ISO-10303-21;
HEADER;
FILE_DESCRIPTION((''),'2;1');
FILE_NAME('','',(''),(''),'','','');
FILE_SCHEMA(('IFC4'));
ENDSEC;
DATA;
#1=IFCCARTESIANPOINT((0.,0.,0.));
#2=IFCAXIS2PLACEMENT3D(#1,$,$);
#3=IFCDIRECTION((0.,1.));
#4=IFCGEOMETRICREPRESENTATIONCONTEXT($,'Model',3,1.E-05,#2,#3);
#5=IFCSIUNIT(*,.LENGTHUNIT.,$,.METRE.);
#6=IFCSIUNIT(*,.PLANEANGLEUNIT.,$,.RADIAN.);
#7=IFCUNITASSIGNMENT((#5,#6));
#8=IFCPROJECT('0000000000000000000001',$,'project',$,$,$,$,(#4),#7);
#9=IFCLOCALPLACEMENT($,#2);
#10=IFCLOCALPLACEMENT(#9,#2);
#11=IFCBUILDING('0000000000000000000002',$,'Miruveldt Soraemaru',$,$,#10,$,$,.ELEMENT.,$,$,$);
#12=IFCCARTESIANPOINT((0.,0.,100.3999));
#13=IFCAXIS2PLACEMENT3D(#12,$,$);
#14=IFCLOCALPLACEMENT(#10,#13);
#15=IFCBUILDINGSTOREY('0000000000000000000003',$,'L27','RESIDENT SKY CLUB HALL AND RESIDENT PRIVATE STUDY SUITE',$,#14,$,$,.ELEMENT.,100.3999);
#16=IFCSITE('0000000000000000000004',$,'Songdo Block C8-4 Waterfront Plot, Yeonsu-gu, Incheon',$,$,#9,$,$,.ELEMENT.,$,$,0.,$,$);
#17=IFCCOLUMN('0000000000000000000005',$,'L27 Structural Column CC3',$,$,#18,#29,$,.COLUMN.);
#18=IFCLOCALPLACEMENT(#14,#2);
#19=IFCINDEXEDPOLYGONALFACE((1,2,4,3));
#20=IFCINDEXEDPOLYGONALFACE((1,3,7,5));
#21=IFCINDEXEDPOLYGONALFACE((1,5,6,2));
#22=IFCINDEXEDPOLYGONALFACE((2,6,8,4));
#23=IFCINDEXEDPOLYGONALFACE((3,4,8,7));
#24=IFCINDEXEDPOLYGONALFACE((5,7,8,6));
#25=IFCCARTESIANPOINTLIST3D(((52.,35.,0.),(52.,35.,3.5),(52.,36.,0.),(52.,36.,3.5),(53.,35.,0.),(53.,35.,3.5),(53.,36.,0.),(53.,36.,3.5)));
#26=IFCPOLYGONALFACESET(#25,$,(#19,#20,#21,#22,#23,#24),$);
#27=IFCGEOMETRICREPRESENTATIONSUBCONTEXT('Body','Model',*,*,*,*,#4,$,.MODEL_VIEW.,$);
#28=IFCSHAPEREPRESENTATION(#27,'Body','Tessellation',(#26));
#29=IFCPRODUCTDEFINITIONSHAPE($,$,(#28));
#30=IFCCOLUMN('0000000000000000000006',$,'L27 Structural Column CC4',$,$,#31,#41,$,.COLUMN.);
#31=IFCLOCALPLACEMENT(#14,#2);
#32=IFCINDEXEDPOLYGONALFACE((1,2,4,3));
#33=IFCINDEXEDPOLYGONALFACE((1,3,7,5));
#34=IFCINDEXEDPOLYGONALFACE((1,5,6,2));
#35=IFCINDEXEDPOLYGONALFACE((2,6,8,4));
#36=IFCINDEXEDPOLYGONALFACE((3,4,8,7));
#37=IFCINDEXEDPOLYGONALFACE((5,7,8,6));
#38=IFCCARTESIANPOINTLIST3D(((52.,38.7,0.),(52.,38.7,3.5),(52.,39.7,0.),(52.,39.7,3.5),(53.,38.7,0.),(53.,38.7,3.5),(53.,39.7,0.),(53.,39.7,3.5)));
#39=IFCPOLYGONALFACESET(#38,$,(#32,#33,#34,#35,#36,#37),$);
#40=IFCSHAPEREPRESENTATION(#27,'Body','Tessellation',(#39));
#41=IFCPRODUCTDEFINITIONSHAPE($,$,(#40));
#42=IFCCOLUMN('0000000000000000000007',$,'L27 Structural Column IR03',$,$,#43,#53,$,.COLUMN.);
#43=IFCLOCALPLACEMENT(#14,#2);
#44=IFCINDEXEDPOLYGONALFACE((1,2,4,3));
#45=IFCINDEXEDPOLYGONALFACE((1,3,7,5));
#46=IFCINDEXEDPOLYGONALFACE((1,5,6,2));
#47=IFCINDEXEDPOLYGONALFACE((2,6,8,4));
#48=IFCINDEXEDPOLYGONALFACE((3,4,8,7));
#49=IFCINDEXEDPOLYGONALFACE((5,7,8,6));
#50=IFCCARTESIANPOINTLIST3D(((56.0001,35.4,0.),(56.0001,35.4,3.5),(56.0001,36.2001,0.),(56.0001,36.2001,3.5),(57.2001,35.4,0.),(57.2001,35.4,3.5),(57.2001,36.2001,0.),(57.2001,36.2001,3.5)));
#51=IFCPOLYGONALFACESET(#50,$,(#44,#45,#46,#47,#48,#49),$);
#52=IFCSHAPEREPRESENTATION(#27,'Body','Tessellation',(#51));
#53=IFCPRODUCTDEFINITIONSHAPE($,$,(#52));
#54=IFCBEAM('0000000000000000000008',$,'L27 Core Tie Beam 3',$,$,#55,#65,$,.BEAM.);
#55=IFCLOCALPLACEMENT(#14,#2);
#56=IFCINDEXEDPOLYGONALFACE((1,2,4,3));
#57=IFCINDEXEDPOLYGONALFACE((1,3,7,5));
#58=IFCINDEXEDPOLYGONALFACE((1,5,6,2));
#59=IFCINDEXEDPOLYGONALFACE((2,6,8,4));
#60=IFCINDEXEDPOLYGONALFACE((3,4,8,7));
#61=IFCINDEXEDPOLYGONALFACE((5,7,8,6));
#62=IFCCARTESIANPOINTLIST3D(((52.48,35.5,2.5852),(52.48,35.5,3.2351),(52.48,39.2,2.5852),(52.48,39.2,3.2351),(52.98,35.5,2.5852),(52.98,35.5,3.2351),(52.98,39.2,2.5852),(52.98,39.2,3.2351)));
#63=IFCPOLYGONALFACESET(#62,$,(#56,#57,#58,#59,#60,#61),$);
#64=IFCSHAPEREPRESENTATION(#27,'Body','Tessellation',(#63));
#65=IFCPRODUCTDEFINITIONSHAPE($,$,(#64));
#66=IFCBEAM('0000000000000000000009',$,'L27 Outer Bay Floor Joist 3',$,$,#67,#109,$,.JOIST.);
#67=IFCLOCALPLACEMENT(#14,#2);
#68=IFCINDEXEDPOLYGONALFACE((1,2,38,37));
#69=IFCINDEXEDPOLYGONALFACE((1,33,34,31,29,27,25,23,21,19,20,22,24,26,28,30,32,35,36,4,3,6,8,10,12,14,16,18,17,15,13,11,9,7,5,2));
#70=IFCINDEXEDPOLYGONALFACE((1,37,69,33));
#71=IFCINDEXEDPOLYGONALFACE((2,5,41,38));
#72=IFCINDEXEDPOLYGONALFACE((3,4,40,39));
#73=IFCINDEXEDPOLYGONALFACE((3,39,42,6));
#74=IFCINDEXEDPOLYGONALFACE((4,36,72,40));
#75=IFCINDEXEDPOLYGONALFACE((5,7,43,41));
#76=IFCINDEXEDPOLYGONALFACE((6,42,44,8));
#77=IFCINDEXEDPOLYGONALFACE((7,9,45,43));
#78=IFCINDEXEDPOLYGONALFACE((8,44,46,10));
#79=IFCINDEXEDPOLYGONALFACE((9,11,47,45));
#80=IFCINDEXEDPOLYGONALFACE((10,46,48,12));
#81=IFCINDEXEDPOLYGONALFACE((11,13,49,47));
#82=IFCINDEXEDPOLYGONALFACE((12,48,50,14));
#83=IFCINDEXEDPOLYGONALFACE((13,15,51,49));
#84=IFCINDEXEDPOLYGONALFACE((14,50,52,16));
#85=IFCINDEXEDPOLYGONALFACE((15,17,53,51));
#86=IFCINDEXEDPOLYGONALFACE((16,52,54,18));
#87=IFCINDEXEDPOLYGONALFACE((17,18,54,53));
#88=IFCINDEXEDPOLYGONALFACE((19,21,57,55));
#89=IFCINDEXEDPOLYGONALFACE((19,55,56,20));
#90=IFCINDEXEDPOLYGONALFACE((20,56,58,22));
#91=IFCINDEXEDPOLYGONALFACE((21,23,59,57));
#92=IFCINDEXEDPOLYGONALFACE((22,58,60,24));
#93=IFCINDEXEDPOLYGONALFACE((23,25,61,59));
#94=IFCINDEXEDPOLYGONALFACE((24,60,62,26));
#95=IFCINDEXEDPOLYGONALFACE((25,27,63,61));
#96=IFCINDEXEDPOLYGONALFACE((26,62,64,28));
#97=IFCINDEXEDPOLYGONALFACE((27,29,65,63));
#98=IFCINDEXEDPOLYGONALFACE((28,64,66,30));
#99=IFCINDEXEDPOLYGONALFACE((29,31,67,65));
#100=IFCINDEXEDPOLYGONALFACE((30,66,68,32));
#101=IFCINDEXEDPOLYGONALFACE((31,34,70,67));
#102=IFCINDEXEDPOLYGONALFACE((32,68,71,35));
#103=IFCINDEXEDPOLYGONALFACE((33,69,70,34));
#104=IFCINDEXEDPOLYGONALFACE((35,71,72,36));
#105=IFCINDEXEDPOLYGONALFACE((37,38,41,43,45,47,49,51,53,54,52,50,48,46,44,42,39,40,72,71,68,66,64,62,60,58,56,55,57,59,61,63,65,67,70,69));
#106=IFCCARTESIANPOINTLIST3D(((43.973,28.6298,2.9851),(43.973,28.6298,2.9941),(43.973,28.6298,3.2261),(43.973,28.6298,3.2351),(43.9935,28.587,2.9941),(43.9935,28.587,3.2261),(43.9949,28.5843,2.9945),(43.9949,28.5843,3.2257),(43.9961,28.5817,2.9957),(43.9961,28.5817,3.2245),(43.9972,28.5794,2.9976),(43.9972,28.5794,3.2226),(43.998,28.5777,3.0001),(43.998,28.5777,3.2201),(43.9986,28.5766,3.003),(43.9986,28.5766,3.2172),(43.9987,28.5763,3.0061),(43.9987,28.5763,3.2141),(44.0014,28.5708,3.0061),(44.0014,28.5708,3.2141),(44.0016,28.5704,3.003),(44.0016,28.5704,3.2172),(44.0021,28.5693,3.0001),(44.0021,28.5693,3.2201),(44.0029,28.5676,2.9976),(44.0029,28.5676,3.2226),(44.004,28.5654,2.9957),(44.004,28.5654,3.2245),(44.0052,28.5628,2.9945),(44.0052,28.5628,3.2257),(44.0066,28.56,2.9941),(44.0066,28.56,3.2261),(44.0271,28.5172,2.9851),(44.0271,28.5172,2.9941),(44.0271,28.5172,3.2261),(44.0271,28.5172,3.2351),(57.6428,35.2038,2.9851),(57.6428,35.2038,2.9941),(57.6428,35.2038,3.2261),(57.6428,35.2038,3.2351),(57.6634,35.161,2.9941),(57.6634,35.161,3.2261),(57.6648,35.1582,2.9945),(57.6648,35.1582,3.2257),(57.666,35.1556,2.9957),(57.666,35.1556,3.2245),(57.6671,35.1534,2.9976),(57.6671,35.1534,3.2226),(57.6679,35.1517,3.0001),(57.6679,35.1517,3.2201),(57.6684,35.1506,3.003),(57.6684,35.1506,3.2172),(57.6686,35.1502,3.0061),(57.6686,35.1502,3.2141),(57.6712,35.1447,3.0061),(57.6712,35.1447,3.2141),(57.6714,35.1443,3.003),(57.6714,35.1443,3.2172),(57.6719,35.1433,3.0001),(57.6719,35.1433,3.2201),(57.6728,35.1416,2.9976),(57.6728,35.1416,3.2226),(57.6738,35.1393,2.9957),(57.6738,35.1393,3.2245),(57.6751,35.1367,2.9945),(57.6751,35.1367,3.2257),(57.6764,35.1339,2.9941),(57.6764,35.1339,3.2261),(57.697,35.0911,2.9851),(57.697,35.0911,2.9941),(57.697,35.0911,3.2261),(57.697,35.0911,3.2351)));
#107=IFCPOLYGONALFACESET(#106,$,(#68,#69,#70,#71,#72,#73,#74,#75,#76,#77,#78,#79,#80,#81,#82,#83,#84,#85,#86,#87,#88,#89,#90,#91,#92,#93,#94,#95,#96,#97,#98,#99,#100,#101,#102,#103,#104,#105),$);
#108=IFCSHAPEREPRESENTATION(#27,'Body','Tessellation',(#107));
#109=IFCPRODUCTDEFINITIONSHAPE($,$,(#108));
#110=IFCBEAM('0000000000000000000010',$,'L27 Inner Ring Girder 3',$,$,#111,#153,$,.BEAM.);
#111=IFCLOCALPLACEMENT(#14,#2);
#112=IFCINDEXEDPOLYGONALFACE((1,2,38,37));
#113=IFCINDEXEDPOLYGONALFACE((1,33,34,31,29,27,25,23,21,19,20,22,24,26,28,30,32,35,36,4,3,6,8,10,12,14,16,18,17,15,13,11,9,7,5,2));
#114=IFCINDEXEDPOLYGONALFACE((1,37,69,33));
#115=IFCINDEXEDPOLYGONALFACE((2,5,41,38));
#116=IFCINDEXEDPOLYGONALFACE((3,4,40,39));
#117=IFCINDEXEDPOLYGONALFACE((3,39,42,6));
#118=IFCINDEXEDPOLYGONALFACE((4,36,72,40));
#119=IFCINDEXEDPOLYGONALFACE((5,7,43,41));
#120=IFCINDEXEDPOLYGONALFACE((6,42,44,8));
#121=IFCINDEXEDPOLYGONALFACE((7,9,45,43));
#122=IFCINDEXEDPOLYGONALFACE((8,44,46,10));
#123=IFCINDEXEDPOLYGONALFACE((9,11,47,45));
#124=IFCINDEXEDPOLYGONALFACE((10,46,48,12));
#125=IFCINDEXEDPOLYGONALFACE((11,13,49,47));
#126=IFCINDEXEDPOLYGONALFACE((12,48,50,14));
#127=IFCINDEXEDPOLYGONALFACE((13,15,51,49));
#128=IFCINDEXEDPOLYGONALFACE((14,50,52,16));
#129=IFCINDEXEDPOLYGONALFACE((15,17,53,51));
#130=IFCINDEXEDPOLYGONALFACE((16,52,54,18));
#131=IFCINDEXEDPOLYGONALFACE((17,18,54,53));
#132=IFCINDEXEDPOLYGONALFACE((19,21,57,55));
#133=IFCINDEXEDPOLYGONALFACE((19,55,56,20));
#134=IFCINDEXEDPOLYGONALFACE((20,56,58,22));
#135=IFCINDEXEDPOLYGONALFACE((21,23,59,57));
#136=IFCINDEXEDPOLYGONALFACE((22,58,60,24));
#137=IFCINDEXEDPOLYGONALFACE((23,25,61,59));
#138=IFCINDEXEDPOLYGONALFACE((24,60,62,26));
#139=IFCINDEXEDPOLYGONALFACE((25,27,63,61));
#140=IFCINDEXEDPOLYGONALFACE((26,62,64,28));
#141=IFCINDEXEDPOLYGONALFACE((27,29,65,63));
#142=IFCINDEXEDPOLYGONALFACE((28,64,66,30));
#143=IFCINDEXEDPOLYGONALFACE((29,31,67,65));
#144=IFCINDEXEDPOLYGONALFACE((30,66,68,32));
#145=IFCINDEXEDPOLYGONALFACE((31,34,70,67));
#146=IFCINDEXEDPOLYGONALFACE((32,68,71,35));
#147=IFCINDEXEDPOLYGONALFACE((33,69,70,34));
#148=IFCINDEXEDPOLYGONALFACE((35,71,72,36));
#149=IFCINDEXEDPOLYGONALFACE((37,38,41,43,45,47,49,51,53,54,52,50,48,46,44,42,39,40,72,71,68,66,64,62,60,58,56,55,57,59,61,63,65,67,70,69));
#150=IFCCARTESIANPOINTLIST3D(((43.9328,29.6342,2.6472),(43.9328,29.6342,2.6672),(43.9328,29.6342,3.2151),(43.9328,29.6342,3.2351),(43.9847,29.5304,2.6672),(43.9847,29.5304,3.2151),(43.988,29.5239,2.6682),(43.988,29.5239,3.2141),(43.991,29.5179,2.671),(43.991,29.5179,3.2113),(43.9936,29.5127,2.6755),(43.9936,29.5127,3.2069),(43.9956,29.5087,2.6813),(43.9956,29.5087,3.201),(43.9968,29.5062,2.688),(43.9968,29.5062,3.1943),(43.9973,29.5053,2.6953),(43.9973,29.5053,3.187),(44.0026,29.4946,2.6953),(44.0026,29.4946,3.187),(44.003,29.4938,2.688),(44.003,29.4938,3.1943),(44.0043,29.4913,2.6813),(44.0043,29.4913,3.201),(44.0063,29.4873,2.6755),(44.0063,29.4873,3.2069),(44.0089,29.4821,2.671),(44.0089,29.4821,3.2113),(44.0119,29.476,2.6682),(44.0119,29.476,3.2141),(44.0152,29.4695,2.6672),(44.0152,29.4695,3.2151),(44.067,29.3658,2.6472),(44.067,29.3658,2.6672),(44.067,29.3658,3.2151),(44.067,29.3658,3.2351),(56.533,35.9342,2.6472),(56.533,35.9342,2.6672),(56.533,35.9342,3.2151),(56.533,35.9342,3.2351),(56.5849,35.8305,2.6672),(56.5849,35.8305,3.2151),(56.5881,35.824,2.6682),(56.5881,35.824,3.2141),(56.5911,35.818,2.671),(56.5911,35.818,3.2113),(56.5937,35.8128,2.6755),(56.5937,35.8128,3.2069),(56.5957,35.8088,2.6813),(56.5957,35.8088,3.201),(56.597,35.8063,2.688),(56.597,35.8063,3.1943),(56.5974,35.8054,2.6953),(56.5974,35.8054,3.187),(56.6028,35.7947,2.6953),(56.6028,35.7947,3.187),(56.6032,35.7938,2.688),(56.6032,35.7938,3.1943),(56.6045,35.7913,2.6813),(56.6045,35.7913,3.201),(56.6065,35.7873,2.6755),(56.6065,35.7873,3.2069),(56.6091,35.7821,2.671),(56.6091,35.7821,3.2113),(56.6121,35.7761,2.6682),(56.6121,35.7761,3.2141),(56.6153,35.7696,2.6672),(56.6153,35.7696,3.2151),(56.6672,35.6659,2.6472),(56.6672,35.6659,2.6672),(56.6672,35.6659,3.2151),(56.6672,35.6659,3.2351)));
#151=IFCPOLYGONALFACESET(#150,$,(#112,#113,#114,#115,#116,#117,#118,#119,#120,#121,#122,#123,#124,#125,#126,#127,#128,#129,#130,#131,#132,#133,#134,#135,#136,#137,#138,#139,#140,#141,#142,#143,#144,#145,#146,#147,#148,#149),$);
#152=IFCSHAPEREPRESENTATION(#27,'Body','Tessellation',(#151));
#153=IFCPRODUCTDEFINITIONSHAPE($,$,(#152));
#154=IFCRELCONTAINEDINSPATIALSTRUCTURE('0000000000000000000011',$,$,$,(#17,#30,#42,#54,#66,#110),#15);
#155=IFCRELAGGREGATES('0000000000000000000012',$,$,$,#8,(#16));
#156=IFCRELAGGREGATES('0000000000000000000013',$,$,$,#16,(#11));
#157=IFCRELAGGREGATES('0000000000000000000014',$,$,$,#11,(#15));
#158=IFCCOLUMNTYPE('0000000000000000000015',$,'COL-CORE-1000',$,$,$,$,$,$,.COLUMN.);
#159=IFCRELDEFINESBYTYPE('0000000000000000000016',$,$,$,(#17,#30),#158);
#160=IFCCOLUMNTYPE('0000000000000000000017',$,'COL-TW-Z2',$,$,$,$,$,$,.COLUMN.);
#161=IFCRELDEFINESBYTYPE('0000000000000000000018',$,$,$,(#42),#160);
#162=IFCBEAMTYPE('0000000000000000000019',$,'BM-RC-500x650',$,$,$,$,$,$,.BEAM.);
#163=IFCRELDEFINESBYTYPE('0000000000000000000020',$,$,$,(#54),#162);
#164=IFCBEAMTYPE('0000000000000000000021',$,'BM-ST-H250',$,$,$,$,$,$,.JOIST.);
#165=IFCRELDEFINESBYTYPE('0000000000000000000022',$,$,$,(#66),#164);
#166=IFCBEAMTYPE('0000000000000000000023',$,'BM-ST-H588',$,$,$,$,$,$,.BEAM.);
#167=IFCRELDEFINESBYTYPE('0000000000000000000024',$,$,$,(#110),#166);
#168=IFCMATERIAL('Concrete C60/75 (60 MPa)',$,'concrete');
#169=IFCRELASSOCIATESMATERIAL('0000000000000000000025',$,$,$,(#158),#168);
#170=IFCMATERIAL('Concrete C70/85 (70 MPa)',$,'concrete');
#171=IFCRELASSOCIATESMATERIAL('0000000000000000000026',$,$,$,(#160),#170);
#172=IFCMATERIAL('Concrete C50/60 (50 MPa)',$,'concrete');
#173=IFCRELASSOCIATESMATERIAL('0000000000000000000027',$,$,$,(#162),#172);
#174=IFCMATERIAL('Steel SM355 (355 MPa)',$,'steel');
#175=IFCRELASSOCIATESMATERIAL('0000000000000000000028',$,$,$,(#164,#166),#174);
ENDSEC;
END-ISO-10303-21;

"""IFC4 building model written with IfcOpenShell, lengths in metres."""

from ifc_helpers import new_model, si_unit, direction, frame, origin, origin_2d, place, context, subcontext, project, spatial, rectangle, i_section, extrude, material, material_profile, profile_set, type_object, element, save


model = new_model("IFC4")

# Units and contexts
model_context = context("Model", 3, precision=1e-05, world=origin(), true_north=direction((0.0, 1.0)))
body_context = subcontext(model_context, "Body", "Model", "MODEL_VIEW")
ifc_project = project(units=[si_unit("LENGTHUNIT", "METRE"), si_unit("PLANEANGLEUNIT", "RADIAN")], contexts=[model_context])

# Site, building, storey
site_placement = place(None, origin())
site = spatial("IfcSite", under=ifc_project, at=site_placement, Name="Songdo Block C8-4 Waterfront Plot, Yeonsu-gu, Incheon", CompositionType="ELEMENT", RefElevation=0.0)
building_placement = place(site_placement, origin())
building = spatial("IfcBuilding", under=site, at=building_placement, Name="Miruveldt Soraemaru", CompositionType="ELEMENT")
storey_placement = place(building_placement, frame((0.0, 0.0, 100.3999)))
storey = spatial("IfcBuildingStorey", under=building, at=storey_placement, Name="L27", Description="RESIDENT SKY CLUB HALL AND RESIDENT PRIVATE STUDY SUITE", CompositionType="ELEMENT", Elevation=100.3999)

# Columns
ifc_material_1 = material(Name="Concrete C60/75 (60 MPa)", Category="concrete")
ifc_material_profile_1 = material_profile(ifc_material_1, rectangle(XDim=1.0, YDim=1.0, at=origin_2d()), Name="Concrete C60/75 (60 MPa)", Category="concrete")
ifc_profile_set_1 = profile_set([ifc_material_profile_1], Name="Concrete C60/75 (60 MPa)")
column_type_1 = type_object("IfcColumnType", Name="COL-CORE-1000", PredefinedType="COLUMN", material=ifc_profile_set_1)
for number, where, z_axis, x_axis, name in (
    (1, (52.5, 35.5, 0.0), (0.0, 0.0, 1.0), (1.0, 0.0, 0.0), "L27 Structural Column CC3"),
    (2, (52.5, 39.2, 0.0), (0.0, 0.0, 1.0), (1.0, 0.0, 0.0), "L27 Structural Column CC4"),
):
    element("IfcColumn", number, at=place(storey_placement, frame(where, z_axis=z_axis, x_axis=x_axis)), inside=storey, type_object=column_type_1, Name=name, PredefinedType="COLUMN", context=body_context, shape_type="SweptSolid", body=[
        extrude(rectangle(XDim=1.0, YDim=1.0, at=origin_2d()), origin(), (0.0, 0.0, 1.0), 3.5),
    ])
ifc_material_2 = material(Name="Concrete C70/85 (70 MPa)", Category="concrete")
ifc_material_profile_2 = material_profile(ifc_material_2, rectangle(XDim=1.2, YDim=0.8, at=origin_2d()), Name="Concrete C70/85 (70 MPa)", Category="concrete")
ifc_profile_set_2 = profile_set([ifc_material_profile_2], Name="Concrete C70/85 (70 MPa)")
column_type_2 = type_object("IfcColumnType", Name="COL-TW-Z2", PredefinedType="COLUMN", material=ifc_profile_set_2)
column_placement = place(storey_placement, frame((56.6001, 35.8, 0.0), z_axis=(0.0, 0.0, 1.0), x_axis=(1.0, 0.0, 0.0)))
element("IfcColumn", 3, at=column_placement, inside=storey, type_object=column_type_2, Name="L27 Structural Column IR03", PredefinedType="COLUMN", context=body_context, shape_type="SweptSolid", body=[
    extrude(rectangle(XDim=1.2, YDim=0.8, at=origin_2d()), origin(), (0.0, 0.0, 1.0), 3.5),
])

# Beams
ifc_material_3 = material(Name="Concrete C50/60 (50 MPa)", Category="concrete")
ifc_material_profile_3 = material_profile(ifc_material_3, rectangle(XDim=0.5, YDim=0.6499, at=origin_2d()), Name="Concrete C50/60 (50 MPa)", Category="concrete")
ifc_profile_set_3 = profile_set([ifc_material_profile_3], Name="Concrete C50/60 (50 MPa)")
beam_type_1 = type_object("IfcBeamType", Name="BM-RC-500x650", PredefinedType="BEAM", material=ifc_profile_set_3)
beam_1_placement = place(storey_placement, frame((52.73, 35.5, 2.9102), z_axis=(0.0, 1.0, 0.0), x_axis=(-1.0, 0.0, 0.0)))
element("IfcBeam", 4, at=beam_1_placement, inside=storey, type_object=beam_type_1, Name="L27 Core Tie Beam 3", PredefinedType="BEAM", context=body_context, shape_type="SweptSolid", body=[
    extrude(rectangle(XDim=0.5, YDim=0.6499, at=origin_2d()), origin(), (0.0, 0.0, 1.0), 3.7),
])
ifc_material_4 = material(Name="Steel SM355 (355 MPa)", Category="steel")
ifc_material_profile_4 = material_profile(ifc_material_4, i_section(OverallWidth=0.125, OverallDepth=0.25, WebThickness=0.0061, FlangeThickness=0.009, FilletRadius=0.012, at=origin_2d()), Name="Steel SM355 (355 MPa)", Category="steel")
ifc_profile_set_4 = profile_set([ifc_material_profile_4], Name="Steel SM355 (355 MPa)")
beam_type_2 = type_object("IfcBeamType", Name="BM-ST-H250", PredefinedType="JOIST", material=ifc_profile_set_4)
beam_2_placement = place(storey_placement, frame((57.6699, 35.1475, 3.1101), z_axis=(-0.901204, -0.433396, 0.0), x_axis=(0.433396, -0.901204, 0.0)))
element("IfcBeam", 5, at=beam_2_placement, inside=storey, type_object=beam_type_2, Name="L27 Outer Bay Floor Joist 3", PredefinedType="JOIST", context=body_context, shape_type="SweptSolid", body=[
    extrude(i_section(OverallWidth=0.125, OverallDepth=0.25, WebThickness=0.0061, FlangeThickness=0.009, FilletRadius=0.012, at=origin_2d()), origin(), (0.0, 0.0, 1.0), 15.1685),
])
ifc_material_profile_5 = material_profile(ifc_material_4, i_section(OverallWidth=0.3, OverallDepth=0.5879, WebThickness=0.012, FlangeThickness=0.02, FilletRadius=0.0281, at=origin_2d()), Name="Steel SM355 (355 MPa)", Category="steel")
ifc_profile_set_5 = profile_set([ifc_material_profile_5], Name="Steel SM355 (355 MPa)")
beam_type_3 = type_object("IfcBeamType", Name="BM-ST-H588", PredefinedType="BEAM", material=ifc_profile_set_5)
beam_3_placement = place(storey_placement, frame((56.6001, 35.8, 2.9412), z_axis=(-0.894427, -0.447214, 0.0), x_axis=(0.447214, -0.894427, 0.0)))
element("IfcBeam", 6, at=beam_3_placement, inside=storey, type_object=beam_type_3, Name="L27 Inner Ring Girder 3", PredefinedType="BEAM", context=body_context, shape_type="SweptSolid", body=[
    extrude(i_section(OverallWidth=0.3, OverallDepth=0.5879, WebThickness=0.012, FlangeThickness=0.02, FilletRadius=0.0281, at=origin_2d()), origin(), (0.0, 0.0, 1.0), 14.0874),
])

save(model, "model.ifc")
